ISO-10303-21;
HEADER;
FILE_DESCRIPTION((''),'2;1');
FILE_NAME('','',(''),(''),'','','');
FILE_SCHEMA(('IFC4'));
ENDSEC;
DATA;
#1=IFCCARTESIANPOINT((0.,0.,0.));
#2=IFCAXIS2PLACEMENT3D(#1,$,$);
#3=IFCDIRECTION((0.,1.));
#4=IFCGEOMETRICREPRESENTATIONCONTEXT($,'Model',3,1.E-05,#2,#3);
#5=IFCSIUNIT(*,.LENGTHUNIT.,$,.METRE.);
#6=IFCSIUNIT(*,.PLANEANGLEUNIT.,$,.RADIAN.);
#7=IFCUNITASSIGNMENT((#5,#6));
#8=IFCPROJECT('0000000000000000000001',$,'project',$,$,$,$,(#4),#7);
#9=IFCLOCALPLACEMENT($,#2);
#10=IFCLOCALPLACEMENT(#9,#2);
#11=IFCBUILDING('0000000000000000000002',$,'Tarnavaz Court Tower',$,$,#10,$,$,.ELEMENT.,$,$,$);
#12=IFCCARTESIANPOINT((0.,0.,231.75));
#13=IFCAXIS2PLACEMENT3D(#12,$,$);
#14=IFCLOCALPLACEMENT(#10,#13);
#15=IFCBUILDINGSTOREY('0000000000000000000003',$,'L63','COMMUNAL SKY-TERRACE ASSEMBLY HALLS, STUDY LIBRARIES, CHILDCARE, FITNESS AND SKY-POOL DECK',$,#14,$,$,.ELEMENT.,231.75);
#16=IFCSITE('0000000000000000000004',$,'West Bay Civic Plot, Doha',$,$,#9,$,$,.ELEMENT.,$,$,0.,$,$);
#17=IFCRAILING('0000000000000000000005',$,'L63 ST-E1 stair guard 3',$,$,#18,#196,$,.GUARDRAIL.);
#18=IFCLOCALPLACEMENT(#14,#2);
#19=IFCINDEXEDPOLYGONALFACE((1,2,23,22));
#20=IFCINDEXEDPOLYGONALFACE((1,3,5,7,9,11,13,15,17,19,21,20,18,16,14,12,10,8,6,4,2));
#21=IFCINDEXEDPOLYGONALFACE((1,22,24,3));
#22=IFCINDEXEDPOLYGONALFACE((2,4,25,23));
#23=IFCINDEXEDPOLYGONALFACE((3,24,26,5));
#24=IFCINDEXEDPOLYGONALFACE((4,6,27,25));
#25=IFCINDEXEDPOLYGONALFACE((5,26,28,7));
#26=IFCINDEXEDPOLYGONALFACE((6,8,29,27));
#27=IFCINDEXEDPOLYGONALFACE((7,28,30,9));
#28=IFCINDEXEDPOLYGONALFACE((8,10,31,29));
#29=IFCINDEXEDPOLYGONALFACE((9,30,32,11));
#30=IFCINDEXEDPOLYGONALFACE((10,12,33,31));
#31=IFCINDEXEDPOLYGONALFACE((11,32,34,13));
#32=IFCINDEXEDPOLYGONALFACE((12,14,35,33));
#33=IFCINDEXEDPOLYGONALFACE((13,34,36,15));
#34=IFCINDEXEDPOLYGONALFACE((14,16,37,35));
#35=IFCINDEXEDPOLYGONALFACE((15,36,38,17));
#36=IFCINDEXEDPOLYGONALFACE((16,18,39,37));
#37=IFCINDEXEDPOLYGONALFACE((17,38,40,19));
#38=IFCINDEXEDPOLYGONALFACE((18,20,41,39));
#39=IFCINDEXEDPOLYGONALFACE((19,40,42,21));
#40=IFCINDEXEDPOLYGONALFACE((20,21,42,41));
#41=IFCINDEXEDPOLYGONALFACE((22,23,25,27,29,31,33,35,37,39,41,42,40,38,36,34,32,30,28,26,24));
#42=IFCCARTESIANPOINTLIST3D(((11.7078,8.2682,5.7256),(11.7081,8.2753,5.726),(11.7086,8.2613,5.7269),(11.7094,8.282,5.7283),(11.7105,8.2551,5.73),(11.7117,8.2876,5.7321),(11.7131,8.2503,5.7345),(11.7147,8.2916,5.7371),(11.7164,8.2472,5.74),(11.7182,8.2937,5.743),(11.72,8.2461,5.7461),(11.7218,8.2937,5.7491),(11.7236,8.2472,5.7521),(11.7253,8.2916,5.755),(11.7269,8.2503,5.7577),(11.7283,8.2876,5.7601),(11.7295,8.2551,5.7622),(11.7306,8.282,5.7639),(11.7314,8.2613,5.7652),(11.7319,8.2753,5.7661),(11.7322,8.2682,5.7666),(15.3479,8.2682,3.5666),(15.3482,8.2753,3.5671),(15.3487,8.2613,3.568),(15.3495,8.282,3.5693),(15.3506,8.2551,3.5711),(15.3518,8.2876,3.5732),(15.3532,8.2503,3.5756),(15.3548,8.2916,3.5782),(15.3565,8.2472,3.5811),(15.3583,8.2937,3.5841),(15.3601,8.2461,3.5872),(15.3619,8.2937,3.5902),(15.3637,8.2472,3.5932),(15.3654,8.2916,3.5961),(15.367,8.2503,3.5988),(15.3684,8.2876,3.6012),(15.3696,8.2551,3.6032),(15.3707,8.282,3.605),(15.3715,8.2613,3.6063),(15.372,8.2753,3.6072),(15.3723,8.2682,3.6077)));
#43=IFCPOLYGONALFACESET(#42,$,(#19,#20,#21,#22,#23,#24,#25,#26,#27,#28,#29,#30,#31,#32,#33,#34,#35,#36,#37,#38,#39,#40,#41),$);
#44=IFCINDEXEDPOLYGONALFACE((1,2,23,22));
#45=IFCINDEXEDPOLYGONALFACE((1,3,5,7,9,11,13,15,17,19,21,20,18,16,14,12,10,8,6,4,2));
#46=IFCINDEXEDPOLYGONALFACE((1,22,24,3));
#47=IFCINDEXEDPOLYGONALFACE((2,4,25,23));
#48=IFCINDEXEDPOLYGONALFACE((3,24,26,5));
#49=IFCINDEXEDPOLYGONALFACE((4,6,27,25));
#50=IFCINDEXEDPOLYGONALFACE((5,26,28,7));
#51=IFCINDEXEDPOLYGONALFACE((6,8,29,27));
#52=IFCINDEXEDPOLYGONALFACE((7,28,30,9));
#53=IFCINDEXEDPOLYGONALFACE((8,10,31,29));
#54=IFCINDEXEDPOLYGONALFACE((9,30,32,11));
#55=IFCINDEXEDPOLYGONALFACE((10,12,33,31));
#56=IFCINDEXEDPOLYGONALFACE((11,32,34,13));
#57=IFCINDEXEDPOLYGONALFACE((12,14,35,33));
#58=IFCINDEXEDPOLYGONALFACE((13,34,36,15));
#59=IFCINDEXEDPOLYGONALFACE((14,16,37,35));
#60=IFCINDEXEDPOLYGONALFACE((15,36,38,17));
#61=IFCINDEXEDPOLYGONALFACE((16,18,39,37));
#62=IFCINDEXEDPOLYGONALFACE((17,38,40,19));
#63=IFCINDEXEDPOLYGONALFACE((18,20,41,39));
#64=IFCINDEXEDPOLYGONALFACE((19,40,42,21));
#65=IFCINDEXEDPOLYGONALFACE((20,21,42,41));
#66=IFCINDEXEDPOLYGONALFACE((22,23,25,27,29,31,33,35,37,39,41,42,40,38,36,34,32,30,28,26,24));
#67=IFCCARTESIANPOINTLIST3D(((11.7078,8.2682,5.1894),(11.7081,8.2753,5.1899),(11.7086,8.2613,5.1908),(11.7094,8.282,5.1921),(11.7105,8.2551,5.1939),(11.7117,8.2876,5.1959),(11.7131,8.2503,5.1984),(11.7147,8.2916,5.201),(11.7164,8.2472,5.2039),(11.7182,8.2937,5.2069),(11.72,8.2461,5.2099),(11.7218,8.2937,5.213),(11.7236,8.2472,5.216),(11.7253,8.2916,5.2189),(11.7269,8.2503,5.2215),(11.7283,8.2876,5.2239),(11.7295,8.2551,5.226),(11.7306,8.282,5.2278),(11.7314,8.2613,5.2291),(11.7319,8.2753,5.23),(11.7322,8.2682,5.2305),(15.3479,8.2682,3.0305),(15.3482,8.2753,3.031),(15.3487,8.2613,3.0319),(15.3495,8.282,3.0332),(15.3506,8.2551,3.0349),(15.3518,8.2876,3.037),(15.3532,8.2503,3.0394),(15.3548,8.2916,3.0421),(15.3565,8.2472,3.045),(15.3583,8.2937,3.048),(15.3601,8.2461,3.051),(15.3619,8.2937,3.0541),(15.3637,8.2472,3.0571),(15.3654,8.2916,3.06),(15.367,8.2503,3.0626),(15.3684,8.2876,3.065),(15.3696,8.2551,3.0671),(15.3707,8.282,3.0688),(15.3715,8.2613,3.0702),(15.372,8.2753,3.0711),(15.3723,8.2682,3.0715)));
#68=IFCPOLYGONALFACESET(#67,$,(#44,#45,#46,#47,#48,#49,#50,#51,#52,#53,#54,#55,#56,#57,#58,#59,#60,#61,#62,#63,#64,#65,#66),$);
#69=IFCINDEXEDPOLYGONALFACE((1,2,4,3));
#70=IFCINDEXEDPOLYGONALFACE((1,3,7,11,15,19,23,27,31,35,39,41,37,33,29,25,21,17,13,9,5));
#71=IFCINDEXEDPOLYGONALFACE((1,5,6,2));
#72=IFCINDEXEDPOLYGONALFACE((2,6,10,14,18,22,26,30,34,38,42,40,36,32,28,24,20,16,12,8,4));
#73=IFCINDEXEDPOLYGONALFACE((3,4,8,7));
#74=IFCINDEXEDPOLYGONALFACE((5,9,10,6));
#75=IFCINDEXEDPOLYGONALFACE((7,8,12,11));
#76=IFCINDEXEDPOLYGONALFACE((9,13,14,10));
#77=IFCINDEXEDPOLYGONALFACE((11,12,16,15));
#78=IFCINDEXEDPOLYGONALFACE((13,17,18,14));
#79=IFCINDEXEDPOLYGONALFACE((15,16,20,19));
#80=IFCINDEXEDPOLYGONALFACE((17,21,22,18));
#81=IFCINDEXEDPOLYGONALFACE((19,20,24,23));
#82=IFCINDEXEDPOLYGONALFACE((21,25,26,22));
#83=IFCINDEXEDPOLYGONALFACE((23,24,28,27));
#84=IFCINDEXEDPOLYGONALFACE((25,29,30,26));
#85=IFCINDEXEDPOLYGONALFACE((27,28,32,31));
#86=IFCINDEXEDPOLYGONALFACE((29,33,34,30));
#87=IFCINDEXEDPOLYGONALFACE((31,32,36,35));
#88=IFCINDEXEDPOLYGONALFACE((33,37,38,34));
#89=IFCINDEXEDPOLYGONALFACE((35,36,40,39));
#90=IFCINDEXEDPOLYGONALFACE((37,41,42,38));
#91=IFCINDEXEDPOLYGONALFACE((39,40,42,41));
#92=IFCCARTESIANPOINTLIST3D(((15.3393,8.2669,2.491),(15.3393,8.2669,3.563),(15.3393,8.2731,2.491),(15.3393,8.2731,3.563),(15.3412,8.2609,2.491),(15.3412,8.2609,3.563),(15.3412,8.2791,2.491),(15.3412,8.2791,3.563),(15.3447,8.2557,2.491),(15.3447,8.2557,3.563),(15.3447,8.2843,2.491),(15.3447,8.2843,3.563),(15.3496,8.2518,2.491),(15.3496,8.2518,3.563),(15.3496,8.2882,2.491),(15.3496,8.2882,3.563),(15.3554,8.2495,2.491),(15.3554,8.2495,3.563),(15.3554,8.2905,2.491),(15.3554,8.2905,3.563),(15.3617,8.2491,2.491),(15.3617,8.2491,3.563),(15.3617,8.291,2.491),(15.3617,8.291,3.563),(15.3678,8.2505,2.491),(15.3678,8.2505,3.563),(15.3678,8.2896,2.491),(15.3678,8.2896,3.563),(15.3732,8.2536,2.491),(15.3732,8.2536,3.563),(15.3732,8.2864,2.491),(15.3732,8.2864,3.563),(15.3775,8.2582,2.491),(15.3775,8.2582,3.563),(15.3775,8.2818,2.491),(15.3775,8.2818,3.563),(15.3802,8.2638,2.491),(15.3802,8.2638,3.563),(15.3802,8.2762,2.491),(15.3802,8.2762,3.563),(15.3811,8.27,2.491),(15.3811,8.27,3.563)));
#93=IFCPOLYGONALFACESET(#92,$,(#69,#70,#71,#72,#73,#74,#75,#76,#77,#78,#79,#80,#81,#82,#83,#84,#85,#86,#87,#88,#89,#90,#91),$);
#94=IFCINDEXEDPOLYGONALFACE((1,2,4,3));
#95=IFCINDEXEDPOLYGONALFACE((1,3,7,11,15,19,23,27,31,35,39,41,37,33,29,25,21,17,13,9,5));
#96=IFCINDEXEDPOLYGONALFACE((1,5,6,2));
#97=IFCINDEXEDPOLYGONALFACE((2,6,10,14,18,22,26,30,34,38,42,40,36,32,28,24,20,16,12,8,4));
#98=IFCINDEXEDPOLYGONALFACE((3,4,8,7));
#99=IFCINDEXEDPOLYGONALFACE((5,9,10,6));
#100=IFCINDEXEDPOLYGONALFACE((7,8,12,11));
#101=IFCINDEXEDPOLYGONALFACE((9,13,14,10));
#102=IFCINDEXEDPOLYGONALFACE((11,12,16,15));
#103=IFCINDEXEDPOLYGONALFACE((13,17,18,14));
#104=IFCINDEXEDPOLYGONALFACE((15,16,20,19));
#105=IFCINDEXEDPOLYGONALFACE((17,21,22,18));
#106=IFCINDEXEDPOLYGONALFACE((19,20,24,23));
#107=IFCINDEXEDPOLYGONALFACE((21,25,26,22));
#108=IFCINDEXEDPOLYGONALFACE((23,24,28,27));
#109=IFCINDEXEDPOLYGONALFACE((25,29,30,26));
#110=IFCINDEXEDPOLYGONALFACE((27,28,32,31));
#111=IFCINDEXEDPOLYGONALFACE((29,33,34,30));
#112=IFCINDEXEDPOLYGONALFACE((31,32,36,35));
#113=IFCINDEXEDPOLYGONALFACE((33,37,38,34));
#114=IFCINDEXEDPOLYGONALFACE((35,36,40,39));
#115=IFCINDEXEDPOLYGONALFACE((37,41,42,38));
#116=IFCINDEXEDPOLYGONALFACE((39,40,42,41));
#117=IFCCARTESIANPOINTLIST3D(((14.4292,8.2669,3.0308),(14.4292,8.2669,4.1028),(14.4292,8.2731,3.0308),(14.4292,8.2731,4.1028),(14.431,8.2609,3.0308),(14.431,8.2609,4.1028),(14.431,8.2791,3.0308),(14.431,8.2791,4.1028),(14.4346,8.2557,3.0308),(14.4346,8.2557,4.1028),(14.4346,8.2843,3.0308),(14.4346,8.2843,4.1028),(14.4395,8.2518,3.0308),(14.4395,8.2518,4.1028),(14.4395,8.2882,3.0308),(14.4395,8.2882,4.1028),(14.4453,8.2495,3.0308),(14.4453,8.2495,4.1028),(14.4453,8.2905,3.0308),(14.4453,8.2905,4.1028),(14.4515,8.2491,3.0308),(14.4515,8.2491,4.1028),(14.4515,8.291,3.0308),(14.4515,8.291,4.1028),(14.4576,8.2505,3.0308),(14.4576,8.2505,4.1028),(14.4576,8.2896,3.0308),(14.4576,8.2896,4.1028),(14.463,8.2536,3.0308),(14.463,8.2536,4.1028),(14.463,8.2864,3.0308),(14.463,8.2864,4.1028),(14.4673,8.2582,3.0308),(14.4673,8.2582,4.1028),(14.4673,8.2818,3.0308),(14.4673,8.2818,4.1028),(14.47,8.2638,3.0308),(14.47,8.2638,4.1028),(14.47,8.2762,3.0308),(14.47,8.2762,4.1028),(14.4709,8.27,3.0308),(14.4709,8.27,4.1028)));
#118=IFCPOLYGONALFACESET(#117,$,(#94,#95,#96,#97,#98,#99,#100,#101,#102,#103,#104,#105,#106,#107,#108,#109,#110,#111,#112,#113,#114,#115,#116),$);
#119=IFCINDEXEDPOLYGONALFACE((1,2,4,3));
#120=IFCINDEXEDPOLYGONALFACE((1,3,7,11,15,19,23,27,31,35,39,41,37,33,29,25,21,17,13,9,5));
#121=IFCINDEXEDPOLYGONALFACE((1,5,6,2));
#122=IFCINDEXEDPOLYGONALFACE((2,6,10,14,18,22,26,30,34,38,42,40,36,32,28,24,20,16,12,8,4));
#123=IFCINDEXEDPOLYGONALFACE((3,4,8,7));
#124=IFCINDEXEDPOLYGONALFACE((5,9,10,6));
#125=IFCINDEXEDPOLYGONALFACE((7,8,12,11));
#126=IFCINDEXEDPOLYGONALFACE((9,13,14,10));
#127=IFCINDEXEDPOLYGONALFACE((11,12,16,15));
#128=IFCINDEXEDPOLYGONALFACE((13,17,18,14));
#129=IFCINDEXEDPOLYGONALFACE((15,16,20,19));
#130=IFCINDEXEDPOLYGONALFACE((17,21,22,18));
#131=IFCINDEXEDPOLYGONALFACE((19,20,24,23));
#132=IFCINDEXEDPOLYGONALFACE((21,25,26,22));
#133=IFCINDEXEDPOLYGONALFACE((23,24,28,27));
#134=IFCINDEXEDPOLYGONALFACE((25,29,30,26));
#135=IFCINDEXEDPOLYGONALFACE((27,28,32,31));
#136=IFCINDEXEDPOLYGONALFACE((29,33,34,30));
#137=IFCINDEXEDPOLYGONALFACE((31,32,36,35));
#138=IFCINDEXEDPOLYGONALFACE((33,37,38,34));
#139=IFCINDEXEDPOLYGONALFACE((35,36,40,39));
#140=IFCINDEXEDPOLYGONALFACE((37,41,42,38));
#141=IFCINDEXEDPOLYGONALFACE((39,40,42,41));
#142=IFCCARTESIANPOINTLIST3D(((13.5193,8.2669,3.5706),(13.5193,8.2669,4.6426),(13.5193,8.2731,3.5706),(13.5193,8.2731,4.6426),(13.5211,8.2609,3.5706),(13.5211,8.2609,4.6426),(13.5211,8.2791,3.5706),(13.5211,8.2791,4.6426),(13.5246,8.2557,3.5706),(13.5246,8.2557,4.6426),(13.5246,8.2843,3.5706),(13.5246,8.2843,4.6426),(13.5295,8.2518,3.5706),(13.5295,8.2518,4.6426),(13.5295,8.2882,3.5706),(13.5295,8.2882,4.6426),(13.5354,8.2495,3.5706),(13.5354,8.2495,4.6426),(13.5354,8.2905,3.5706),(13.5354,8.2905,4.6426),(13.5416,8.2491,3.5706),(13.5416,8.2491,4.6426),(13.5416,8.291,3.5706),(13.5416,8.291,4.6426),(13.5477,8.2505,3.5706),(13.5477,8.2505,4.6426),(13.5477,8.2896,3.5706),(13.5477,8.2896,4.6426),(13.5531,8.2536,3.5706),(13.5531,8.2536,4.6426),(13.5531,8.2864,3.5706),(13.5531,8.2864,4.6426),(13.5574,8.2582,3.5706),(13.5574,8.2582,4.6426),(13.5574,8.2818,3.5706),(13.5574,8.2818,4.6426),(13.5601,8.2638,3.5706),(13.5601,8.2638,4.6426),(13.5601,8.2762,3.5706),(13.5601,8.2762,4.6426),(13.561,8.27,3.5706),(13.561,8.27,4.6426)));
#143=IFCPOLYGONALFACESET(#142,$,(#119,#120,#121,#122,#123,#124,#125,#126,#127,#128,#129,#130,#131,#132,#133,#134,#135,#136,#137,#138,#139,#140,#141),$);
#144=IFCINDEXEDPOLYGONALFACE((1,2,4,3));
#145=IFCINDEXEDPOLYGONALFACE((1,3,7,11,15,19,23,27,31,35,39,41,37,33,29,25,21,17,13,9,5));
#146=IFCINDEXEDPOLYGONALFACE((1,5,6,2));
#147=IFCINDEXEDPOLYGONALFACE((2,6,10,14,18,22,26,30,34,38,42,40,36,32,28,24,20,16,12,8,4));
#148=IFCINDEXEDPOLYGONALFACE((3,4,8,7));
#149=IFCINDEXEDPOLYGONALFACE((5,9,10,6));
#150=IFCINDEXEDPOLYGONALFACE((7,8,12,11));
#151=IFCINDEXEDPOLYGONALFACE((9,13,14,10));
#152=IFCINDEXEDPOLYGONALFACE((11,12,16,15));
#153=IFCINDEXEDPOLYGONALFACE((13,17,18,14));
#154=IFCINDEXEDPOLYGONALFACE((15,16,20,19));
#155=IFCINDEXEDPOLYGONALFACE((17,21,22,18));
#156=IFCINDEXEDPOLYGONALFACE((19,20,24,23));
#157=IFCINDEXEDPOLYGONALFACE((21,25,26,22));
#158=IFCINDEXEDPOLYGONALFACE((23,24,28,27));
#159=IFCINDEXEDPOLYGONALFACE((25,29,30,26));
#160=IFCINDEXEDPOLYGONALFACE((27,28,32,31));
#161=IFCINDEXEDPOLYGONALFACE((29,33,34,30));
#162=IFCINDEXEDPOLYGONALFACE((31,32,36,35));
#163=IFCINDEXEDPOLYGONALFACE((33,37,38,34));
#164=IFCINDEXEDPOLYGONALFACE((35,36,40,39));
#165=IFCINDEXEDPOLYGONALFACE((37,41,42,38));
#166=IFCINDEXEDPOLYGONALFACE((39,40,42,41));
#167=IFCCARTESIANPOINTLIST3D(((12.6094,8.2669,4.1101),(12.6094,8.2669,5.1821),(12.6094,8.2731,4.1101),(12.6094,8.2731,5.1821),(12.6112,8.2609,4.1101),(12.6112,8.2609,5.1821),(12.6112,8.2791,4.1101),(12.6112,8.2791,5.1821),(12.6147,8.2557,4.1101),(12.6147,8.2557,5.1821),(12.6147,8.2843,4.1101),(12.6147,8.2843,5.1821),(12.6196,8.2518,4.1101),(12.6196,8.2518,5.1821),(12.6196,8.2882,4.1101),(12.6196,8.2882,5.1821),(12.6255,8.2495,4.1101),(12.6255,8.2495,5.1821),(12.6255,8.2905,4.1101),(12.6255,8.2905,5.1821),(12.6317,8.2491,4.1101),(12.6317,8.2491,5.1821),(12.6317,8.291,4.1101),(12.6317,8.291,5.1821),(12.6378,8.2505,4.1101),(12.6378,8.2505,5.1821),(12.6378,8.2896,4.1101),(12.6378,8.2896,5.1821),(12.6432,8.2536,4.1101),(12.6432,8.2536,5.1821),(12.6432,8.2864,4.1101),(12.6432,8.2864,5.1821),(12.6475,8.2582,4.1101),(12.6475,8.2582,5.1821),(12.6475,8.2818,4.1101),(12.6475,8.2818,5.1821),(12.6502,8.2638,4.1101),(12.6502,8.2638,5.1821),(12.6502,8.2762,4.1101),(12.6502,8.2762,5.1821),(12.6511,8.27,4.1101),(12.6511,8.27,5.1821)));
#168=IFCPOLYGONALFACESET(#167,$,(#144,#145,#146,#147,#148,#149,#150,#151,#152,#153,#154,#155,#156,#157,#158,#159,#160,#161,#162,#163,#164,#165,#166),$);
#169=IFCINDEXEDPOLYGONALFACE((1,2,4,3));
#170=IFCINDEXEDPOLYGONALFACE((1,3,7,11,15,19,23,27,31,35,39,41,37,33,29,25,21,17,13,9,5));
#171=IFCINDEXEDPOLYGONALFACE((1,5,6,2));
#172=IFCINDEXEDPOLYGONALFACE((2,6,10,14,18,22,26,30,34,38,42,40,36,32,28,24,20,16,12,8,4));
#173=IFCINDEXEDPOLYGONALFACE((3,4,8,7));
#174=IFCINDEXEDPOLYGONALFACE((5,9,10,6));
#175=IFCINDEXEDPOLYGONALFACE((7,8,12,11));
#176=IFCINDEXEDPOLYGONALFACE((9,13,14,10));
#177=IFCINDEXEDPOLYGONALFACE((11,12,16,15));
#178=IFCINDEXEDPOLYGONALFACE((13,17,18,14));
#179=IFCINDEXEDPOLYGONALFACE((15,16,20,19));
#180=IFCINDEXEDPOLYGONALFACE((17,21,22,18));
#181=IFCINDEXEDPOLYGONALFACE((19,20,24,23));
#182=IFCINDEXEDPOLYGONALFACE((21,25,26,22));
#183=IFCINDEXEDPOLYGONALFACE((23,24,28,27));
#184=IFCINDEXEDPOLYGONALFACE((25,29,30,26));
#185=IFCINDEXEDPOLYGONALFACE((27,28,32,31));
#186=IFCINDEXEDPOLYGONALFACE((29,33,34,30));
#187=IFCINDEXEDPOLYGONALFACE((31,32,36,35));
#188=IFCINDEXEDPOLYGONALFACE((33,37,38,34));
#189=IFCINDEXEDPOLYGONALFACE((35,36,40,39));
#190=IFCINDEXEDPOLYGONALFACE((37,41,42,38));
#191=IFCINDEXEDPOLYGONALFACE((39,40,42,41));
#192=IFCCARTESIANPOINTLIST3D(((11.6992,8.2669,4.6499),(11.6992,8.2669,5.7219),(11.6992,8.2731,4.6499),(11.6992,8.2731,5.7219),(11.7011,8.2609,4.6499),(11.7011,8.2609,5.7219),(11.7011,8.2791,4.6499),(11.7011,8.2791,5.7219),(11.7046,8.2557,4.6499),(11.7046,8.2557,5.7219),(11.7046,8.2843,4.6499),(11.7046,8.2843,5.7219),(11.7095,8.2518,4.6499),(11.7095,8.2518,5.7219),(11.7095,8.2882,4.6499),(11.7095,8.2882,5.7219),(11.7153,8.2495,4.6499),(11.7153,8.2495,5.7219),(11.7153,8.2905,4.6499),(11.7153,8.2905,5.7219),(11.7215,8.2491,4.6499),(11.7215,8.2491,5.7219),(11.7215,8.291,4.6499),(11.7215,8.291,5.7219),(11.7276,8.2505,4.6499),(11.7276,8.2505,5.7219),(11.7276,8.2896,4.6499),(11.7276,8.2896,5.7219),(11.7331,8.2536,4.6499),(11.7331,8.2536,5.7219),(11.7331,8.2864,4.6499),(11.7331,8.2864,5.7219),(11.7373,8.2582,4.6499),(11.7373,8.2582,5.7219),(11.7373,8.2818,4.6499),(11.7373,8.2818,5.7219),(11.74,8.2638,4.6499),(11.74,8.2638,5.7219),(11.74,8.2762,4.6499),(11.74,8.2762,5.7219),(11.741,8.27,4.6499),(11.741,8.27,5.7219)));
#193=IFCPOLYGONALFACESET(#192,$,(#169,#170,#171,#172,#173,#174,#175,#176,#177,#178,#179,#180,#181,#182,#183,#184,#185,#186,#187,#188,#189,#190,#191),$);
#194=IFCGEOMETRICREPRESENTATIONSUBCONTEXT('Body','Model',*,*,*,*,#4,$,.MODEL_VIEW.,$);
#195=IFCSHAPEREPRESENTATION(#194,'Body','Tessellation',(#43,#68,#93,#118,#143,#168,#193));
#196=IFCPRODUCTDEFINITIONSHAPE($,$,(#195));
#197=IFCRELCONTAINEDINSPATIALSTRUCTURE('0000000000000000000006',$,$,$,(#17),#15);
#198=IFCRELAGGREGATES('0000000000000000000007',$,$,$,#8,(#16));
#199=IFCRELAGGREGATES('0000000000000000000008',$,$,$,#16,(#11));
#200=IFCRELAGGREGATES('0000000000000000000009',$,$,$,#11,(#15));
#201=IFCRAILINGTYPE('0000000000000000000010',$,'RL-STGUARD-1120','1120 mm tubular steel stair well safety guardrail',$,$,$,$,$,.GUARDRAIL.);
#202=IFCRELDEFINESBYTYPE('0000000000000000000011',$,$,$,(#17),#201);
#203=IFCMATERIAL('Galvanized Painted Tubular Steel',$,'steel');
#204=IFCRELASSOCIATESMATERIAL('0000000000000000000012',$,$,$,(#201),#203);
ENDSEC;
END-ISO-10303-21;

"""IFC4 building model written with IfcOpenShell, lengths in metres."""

from ifc_helpers import new_model, si_unit, direction, frame, origin, origin_2d, place, context, subcontext, project, spatial, circle, extrude, material, type_object, element, save


model = new_model("IFC4")

# Units and contexts
model_context = context("Model", 3, precision=1e-05, world=origin(), true_north=direction((0.0, 1.0)))
body_context = subcontext(model_context, "Body", "Model", "MODEL_VIEW")
ifc_project = project(units=[si_unit("LENGTHUNIT", "METRE"), si_unit("PLANEANGLEUNIT", "RADIAN")], contexts=[model_context])

# Site, building, storey
site_placement = place(None, origin())
site = spatial("IfcSite", under=ifc_project, at=site_placement, Name="West Bay Civic Plot, Doha", CompositionType="ELEMENT", RefElevation=0.0)
building_placement = place(site_placement, origin())
building = spatial("IfcBuilding", under=site, at=building_placement, Name="Tarnavaz Court Tower", CompositionType="ELEMENT")
storey_placement = place(building_placement, frame((0.0, 0.0, 231.75)))
storey = spatial("IfcBuildingStorey", under=building, at=storey_placement, Name="L63", Description="COMMUNAL SKY-TERRACE ASSEMBLY HALLS, STUDY LIBRARIES, CHILDCARE, FITNESS AND SKY-POOL DECK", CompositionType="ELEMENT", Elevation=231.75)

# Railing
ifc_material_1 = material(Name="Galvanized Painted Tubular Steel", Category="steel")
railing_type_1 = type_object("IfcRailingType", Name="RL-STGUARD-1120", Description="1120 mm tubular steel stair well safety guardrail", PredefinedType="GUARDRAIL", material=ifc_material_1)
railing_1_placement = place(storey_placement, frame((15.3601, 8.27, 2.491)))
element("IfcRailing", 1, at=railing_1_placement, inside=storey, type_object=railing_type_1, Name="L63 ST-E1 stair guard 3", PredefinedType="GUARDRAIL", context=body_context, shape_type="SweptSolid", body=[
    extrude(circle(Radius=0.0239, at=origin_2d()), frame((0.0, 0.0, 1.0962), z_axis=(-0.860103, 0.0, 0.51012), x_axis=(0.0, -1.0, 0.0)), (0.0, 0.0, 1.0), 4.2322),
    extrude(circle(Radius=0.0239, at=origin_2d()), frame((0.0, 0.0, 0.5601), z_axis=(-0.860103, 0.0, 0.51012), x_axis=(0.0, -1.0, 0.0)), (0.0, 0.0, 1.0), 4.2322),
    extrude(circle(Radius=0.021, at=origin_2d()), origin(), (0.0, 0.0, 1.0), 1.072),
    extrude(circle(Radius=0.021, at=origin_2d()), frame((-0.9102, 0.0, 0.5398)), (0.0, 0.0, 1.0), 1.072),
    extrude(circle(Radius=0.021, at=origin_2d()), frame((-1.8201, 0.0, 1.0796)), (0.0, 0.0, 1.0), 1.072),
    extrude(circle(Radius=0.021, at=origin_2d()), frame((-2.73, 0.0, 1.6191)), (0.0, 0.0, 1.0), 1.072),
    extrude(circle(Radius=0.021, at=origin_2d()), frame((-3.6401, 0.0, 2.1589)), (0.0, 0.0, 1.0), 1.072),
])

save(model, "model.ifc")
